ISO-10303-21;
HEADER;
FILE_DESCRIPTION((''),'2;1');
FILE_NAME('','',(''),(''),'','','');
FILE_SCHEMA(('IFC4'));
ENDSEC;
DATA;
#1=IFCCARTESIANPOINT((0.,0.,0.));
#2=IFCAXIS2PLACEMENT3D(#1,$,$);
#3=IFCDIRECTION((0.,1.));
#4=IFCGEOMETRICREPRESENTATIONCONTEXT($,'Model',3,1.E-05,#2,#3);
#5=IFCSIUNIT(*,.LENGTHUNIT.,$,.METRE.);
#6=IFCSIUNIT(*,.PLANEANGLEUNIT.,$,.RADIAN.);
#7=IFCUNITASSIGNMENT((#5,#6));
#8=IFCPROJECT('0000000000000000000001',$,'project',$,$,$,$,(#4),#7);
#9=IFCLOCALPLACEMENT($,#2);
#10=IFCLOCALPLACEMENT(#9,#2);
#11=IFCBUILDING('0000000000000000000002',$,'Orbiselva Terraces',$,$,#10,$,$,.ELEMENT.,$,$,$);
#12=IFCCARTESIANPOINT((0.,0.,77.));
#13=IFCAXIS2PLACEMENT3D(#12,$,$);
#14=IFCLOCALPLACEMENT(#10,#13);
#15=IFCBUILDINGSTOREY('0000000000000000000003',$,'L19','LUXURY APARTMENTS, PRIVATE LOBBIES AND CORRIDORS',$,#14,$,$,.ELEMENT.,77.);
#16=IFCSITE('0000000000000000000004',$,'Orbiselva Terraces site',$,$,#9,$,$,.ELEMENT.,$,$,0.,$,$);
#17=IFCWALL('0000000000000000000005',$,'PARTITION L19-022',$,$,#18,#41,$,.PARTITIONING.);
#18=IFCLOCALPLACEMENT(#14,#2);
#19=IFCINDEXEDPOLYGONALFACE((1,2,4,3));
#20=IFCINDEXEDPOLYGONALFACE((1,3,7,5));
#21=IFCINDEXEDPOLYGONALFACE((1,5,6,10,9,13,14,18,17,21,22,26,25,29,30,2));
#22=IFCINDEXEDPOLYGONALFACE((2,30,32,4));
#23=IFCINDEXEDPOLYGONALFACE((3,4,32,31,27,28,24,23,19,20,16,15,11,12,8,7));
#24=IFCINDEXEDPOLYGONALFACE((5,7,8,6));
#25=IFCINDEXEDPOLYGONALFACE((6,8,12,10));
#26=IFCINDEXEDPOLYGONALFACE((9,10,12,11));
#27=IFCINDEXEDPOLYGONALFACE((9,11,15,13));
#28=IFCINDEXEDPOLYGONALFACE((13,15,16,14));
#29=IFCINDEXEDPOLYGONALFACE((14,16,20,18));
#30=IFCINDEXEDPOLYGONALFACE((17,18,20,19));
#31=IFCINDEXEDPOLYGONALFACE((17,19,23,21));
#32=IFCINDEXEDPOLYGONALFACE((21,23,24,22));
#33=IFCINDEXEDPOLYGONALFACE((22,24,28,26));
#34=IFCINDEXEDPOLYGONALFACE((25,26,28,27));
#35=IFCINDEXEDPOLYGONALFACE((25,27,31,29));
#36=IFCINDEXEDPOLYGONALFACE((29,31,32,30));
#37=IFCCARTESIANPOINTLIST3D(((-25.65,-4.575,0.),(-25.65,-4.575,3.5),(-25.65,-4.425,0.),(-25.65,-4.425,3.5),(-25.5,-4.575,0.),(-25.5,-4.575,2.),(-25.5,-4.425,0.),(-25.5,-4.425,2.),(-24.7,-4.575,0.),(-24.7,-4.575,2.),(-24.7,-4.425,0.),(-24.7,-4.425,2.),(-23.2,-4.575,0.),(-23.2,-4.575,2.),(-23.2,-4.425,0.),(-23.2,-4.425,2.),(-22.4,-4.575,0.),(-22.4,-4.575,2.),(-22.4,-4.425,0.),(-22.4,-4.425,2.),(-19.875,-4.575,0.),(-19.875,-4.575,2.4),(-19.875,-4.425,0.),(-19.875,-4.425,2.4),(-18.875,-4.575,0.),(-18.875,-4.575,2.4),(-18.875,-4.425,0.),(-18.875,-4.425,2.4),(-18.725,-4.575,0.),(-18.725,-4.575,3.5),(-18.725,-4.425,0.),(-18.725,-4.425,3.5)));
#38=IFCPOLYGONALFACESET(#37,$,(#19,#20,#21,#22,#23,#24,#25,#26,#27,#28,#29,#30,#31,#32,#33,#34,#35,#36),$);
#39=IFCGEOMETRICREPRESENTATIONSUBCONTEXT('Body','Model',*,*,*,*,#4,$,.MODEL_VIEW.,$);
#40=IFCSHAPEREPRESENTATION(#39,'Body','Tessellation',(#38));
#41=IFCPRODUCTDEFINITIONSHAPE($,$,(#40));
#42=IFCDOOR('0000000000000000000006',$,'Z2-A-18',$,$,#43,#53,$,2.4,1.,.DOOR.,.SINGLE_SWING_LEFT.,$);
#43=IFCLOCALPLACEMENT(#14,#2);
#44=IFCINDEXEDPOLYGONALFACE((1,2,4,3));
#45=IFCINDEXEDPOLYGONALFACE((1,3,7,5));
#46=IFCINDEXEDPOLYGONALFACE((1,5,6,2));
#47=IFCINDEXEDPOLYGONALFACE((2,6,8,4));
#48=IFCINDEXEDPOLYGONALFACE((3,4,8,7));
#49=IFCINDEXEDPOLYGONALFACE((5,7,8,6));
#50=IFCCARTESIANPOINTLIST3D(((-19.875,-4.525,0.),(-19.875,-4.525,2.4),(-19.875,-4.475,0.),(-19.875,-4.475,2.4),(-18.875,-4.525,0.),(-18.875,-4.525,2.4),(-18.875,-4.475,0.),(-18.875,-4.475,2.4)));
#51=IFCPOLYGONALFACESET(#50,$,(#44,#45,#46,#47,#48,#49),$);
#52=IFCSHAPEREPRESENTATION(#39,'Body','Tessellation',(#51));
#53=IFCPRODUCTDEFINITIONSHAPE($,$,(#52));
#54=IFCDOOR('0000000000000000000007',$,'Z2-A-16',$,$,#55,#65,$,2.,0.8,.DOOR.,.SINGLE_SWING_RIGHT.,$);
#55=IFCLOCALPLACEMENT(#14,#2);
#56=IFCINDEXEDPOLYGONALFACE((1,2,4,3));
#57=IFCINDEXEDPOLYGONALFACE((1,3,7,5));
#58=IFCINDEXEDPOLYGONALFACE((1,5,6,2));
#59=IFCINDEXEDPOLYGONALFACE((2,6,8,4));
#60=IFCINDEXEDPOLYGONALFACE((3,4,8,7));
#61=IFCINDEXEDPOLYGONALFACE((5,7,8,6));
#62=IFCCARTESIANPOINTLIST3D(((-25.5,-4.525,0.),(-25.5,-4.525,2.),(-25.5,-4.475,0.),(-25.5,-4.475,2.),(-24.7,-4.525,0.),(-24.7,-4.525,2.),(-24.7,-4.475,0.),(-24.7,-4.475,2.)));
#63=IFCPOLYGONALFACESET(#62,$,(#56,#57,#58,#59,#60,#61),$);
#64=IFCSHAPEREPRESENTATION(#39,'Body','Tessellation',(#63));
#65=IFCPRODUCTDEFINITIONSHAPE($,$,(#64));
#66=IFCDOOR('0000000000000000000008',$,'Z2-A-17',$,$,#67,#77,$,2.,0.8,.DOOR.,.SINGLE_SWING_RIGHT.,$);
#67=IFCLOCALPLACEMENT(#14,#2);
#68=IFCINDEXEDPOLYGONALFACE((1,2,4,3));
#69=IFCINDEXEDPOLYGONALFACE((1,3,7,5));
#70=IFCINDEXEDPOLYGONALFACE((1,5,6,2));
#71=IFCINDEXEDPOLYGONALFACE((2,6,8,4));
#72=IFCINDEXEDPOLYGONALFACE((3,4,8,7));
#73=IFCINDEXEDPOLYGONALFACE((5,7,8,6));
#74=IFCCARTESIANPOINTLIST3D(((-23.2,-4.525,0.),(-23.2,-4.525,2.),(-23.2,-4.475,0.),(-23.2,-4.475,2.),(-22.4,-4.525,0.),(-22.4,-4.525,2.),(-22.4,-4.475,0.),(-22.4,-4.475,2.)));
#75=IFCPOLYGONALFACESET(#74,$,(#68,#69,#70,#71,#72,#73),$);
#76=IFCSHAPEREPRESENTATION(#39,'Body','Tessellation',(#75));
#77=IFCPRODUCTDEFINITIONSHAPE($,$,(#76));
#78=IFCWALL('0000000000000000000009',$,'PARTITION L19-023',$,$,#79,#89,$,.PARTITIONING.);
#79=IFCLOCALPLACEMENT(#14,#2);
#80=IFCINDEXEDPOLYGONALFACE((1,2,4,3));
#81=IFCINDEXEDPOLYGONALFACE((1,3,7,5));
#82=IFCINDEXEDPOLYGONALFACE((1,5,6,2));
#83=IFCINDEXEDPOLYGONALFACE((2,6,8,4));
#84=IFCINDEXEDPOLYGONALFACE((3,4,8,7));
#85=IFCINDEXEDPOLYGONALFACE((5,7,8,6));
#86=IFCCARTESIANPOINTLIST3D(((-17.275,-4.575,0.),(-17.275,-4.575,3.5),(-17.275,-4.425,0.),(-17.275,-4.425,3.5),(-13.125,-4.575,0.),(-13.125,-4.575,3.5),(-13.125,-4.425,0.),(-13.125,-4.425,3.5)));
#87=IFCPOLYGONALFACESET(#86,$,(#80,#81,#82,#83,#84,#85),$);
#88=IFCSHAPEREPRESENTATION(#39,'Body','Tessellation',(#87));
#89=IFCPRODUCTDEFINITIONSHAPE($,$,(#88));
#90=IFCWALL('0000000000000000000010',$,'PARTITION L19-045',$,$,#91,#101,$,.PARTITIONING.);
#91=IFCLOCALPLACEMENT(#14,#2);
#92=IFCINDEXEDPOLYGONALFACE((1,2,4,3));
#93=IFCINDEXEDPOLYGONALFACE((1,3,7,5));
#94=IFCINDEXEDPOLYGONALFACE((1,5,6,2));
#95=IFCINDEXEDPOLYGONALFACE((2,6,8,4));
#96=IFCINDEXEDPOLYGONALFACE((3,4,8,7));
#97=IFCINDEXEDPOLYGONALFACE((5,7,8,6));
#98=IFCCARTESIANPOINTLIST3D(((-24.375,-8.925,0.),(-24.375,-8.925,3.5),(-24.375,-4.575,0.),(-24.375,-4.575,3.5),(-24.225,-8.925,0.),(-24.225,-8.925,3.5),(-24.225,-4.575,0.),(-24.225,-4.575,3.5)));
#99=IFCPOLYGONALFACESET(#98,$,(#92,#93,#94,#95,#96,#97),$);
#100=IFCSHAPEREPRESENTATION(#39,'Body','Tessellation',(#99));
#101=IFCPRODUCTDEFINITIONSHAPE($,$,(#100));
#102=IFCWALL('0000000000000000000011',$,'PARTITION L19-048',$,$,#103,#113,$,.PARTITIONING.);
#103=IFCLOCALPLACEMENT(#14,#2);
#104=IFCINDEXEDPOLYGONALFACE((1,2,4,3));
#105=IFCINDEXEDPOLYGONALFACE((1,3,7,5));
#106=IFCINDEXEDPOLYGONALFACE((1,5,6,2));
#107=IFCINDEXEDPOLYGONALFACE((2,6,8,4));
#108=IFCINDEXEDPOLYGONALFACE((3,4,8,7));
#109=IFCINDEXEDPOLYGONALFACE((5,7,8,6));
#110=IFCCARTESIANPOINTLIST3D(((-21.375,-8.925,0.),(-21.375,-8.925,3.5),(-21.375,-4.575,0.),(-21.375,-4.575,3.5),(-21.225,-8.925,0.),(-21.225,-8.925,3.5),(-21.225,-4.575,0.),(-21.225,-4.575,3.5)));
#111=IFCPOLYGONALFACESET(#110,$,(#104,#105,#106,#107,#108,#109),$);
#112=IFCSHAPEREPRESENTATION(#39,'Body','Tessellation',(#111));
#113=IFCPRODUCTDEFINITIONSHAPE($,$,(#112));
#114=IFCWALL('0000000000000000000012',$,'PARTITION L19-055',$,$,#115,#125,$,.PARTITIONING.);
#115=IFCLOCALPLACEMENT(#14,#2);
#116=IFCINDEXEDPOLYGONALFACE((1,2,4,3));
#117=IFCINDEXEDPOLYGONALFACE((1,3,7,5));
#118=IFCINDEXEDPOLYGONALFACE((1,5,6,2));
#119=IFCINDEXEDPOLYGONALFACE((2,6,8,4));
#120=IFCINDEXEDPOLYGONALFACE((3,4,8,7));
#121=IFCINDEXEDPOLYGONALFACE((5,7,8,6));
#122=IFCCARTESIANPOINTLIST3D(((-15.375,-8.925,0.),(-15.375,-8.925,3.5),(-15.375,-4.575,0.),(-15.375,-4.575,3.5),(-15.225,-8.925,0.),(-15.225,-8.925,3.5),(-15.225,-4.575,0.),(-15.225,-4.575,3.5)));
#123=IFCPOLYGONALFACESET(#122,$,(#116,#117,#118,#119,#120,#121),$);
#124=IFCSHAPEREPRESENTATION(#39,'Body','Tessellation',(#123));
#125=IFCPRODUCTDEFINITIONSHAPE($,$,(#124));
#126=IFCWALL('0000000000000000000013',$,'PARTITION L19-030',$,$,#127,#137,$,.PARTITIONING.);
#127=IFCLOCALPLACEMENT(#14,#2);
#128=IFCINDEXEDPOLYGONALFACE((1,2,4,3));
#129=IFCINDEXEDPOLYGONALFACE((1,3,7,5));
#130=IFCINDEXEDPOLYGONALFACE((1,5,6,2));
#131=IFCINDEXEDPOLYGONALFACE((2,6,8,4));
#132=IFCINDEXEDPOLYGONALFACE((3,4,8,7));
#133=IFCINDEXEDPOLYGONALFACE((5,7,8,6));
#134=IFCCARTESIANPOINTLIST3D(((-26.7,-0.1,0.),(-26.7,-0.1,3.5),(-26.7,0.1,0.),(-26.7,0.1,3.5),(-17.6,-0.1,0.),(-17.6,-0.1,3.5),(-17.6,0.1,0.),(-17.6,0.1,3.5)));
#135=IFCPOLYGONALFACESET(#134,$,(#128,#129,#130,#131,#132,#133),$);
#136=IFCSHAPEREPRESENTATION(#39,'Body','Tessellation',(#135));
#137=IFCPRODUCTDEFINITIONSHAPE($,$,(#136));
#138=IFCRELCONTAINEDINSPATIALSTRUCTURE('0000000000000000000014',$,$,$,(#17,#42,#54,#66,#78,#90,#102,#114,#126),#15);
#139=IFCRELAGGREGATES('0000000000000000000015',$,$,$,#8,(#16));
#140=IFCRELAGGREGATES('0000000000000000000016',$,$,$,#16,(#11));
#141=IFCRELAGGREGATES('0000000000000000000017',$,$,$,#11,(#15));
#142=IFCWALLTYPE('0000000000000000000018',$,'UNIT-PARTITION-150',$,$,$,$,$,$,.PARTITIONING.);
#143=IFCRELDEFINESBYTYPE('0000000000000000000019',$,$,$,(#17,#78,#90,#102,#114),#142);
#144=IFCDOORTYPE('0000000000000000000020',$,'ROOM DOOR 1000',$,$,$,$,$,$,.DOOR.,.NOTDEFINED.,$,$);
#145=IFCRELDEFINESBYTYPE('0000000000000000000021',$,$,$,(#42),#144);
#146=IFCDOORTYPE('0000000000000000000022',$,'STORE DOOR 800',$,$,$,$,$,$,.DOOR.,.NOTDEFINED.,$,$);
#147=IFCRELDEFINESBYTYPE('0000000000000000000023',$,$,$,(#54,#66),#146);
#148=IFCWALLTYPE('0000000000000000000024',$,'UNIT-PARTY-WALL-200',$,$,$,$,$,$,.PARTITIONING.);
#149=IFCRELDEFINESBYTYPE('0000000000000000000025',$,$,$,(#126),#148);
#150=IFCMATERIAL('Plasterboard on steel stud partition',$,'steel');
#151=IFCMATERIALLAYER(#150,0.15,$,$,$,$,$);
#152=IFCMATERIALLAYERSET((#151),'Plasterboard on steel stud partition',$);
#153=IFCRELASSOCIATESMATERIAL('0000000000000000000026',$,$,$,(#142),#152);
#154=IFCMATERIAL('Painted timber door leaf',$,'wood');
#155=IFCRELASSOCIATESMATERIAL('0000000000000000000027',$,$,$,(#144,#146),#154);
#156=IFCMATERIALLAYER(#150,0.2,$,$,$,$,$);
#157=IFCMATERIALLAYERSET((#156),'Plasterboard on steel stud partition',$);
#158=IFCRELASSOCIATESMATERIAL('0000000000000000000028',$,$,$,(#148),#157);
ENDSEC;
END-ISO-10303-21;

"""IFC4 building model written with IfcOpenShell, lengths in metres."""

from ifc_helpers import new_model, si_unit, direction, frame, frame_2d, origin, place, context, subcontext, project, spatial, rectangle, extrude, material, layer, layer_set, type_object, element, fill, save


model = new_model("IFC4")

# Units and contexts
model_context = context("Model", 3, precision=1e-05, world=origin(), true_north=direction((0.0, 1.0)))
body_context = subcontext(model_context, "Body", "Model", "MODEL_VIEW")
ifc_project = project(units=[si_unit("LENGTHUNIT", "METRE"), si_unit("PLANEANGLEUNIT", "RADIAN")], contexts=[model_context])

# Site, building, storey
site_placement = place(None, origin())
site = spatial("IfcSite", under=ifc_project, at=site_placement, Name="Orbiselva Terraces site", CompositionType="ELEMENT", RefElevation=0.0)
building_placement = place(site_placement, origin())
building = spatial("IfcBuilding", under=site, at=building_placement, Name="Orbiselva Terraces", CompositionType="ELEMENT")
storey_placement = place(building_placement, frame((0.0, 0.0, 77.0)))
storey = spatial("IfcBuildingStorey", under=building, at=storey_placement, Name="L19", Description="LUXURY APARTMENTS, PRIVATE LOBBIES AND CORRIDORS", CompositionType="ELEMENT", Elevation=77.0)

# Shared definitions
ifc_material_1 = material(Name="Plasterboard on steel stud partition", Category="steel")

# Shared definitions
ifc_layer_1 = layer(ifc_material_1, 0.15)
ifc_layer_set_1 = layer_set([ifc_layer_1], Name="Plasterboard on steel stud partition")
wall_type_1 = type_object("IfcWallType", Name="UNIT-PARTITION-150", PredefinedType="PARTITIONING", material=ifc_layer_set_1)
ifc_material_2 = material(Name="Painted timber door leaf", Category="wood")

# Wall, openings, doors
wall_1_placement = place(storey_placement, frame((-18.725, -4.5, 0.0), z_axis=(0.0, 0.0, 1.0), x_axis=(-1.0, 0.0, 0.0)))
wall_1 = element("IfcWall", 1, at=wall_1_placement, inside=storey, type_object=wall_type_1, Name="PARTITION L19-022", PredefinedType="PARTITIONING", context=body_context, shape_type="SweptSolid", body=[
    extrude(rectangle(XDim=6.925, YDim=0.15, at=frame_2d((3.4625, 0.0))), origin(), (0.0, 0.0, 1.0), 3.5),
])
opening_1_placement = place(wall_1_placement, frame((5.975, 0.0, 0.0)))
opening_1 = element("IfcOpeningElement", 2, at=opening_1_placement, cuts=wall_1, PredefinedType="OPENING", context=body_context, shape_type="SweptSolid", body=[
    extrude(rectangle(XDim=0.8, YDim=2.0, at=frame_2d((0.4, 1.0))), frame((0.0, 0.085, 0.0), z_axis=(0.0, -1.0, 0.0), x_axis=(1.0, 0.0, 0.0)), (0.0, 0.0, 1.0), 0.17),
])
opening_2_placement = place(wall_1_placement, frame((3.675, 0.0, 0.0)))
opening_2 = element("IfcOpeningElement", 3, at=opening_2_placement, cuts=wall_1, PredefinedType="OPENING", context=body_context, shape_type="SweptSolid", body=[
    extrude(rectangle(XDim=0.8, YDim=2.0, at=frame_2d((0.4, 1.0))), frame((0.0, 0.085, 0.0), z_axis=(0.0, -1.0, 0.0), x_axis=(1.0, 0.0, 0.0)), (0.0, 0.0, 1.0), 0.17),
])
opening_3_placement = place(wall_1_placement, frame((0.15, 0.0, 0.0)))
opening_3 = element("IfcOpeningElement", 4, at=opening_3_placement, cuts=wall_1, PredefinedType="OPENING", context=body_context, shape_type="SweptSolid", body=[
    extrude(rectangle(XDim=1.0, YDim=2.4, at=frame_2d((0.5, 1.2))), frame((0.0, 0.085, 0.0), z_axis=(0.0, -1.0, 0.0), x_axis=(1.0, 0.0, 0.0)), (0.0, 0.0, 1.0), 0.17),
])
door_type_1 = type_object("IfcDoorType", Name="ROOM DOOR 1000", OperationType="NOTDEFINED", PredefinedType="DOOR", material=ifc_material_2)
door_1_placement = place(opening_3_placement, origin())
door_1 = element("IfcDoor", 5, at=door_1_placement, inside=storey, type_object=door_type_1, Name="Z2-A-18", OperationType="SINGLE_SWING_LEFT", OverallHeight=2.4, OverallWidth=1.0, PredefinedType="DOOR", context=body_context, shape_type="SweptSolid", body=[
    extrude(rectangle(XDim=1.0, YDim=2.4, at=frame_2d((0.5, 1.2))), frame((0.0, 0.025, 0.0), z_axis=(0.0, -1.0, 0.0), x_axis=(1.0, 0.0, 0.0)), (0.0, 0.0, 1.0), 0.05),
])
fill(opening_3, door_1)
door_type_2 = type_object("IfcDoorType", Name="STORE DOOR 800", OperationType="NOTDEFINED", PredefinedType="DOOR", material=ifc_material_2)
door_2_placement = place(opening_1_placement, origin())
door_2 = element("IfcDoor", 6, at=door_2_placement, inside=storey, type_object=door_type_2, Name="Z2-A-16", OperationType="SINGLE_SWING_RIGHT", OverallHeight=2.0, OverallWidth=0.8, PredefinedType="DOOR", context=body_context, shape_type="SweptSolid", body=[
    extrude(rectangle(XDim=0.8, YDim=2.0, at=frame_2d((0.4, 1.0))), frame((0.0, 0.025, 0.0), z_axis=(0.0, -1.0, 0.0), x_axis=(1.0, 0.0, 0.0)), (0.0, 0.0, 1.0), 0.05),
])
fill(opening_1, door_2)
door_3_placement = place(opening_2_placement, origin())
door_3 = element("IfcDoor", 7, at=door_3_placement, inside=storey, type_object=door_type_2, Name="Z2-A-17", OperationType="SINGLE_SWING_RIGHT", OverallHeight=2.0, OverallWidth=0.8, PredefinedType="DOOR", context=body_context, shape_type="SweptSolid", body=[
    extrude(rectangle(XDim=0.8, YDim=2.0, at=frame_2d((0.4, 1.0))), frame((0.0, 0.025, 0.0), z_axis=(0.0, -1.0, 0.0), x_axis=(1.0, 0.0, 0.0)), (0.0, 0.0, 1.0), 0.05),
])
fill(opening_2, door_3)

# Walls
wall_2_placement = place(storey_placement, frame((-17.275, -4.5, 0.0), z_axis=(0.0, 0.0, 1.0), x_axis=(1.0, 0.0, 0.0)))
element("IfcWall", 8, at=wall_2_placement, inside=storey, type_object=wall_type_1, Name="PARTITION L19-023", PredefinedType="PARTITIONING", context=body_context, shape_type="SweptSolid", body=[
    extrude(rectangle(XDim=4.15, YDim=0.15, at=frame_2d((2.075, 0.0))), origin(), (0.0, 0.0, 1.0), 3.5),
])
for number, where, z_axis, x_axis, name in (
    (9, (-24.3, -8.925, 0.0), (0.0, 0.0, 1.0), (0.0, 1.0, 0.0), "PARTITION L19-045"),
    (10, (-21.3, -8.925, 0.0), (0.0, 0.0, 1.0), (0.0, 1.0, 0.0), "PARTITION L19-048"),
    (11, (-15.3, -8.925, 0.0), (0.0, 0.0, 1.0), (0.0, 1.0, 0.0), "PARTITION L19-055"),
):
    element("IfcWall", number, at=place(storey_placement, frame(where, z_axis=z_axis, x_axis=x_axis)), inside=storey, type_object=wall_type_1, Name=name, PredefinedType="PARTITIONING", context=body_context, shape_type="SweptSolid", body=[
        extrude(rectangle(XDim=4.35, YDim=0.15, at=frame_2d((2.175, 0.0))), origin(), (0.0, 0.0, 1.0), 3.5),
    ])
ifc_layer_2 = layer(ifc_material_1, 0.2)
ifc_layer_set_2 = layer_set([ifc_layer_2], Name="Plasterboard on steel stud partition")
wall_type_2 = type_object("IfcWallType", Name="UNIT-PARTY-WALL-200", PredefinedType="PARTITIONING", material=ifc_layer_set_2)
wall_3_placement = place(storey_placement, frame((-26.7, 0.0, 0.0), z_axis=(0.0, 0.0, 1.0), x_axis=(1.0, 0.0, 0.0)))
element("IfcWall", 12, at=wall_3_placement, inside=storey, type_object=wall_type_2, Name="PARTITION L19-030", PredefinedType="PARTITIONING", context=body_context, shape_type="SweptSolid", body=[
    extrude(rectangle(XDim=9.1, YDim=0.2, at=frame_2d((4.55, 0.0))), origin(), (0.0, 0.0, 1.0), 3.5),
])

save(model, "model.ifc")
